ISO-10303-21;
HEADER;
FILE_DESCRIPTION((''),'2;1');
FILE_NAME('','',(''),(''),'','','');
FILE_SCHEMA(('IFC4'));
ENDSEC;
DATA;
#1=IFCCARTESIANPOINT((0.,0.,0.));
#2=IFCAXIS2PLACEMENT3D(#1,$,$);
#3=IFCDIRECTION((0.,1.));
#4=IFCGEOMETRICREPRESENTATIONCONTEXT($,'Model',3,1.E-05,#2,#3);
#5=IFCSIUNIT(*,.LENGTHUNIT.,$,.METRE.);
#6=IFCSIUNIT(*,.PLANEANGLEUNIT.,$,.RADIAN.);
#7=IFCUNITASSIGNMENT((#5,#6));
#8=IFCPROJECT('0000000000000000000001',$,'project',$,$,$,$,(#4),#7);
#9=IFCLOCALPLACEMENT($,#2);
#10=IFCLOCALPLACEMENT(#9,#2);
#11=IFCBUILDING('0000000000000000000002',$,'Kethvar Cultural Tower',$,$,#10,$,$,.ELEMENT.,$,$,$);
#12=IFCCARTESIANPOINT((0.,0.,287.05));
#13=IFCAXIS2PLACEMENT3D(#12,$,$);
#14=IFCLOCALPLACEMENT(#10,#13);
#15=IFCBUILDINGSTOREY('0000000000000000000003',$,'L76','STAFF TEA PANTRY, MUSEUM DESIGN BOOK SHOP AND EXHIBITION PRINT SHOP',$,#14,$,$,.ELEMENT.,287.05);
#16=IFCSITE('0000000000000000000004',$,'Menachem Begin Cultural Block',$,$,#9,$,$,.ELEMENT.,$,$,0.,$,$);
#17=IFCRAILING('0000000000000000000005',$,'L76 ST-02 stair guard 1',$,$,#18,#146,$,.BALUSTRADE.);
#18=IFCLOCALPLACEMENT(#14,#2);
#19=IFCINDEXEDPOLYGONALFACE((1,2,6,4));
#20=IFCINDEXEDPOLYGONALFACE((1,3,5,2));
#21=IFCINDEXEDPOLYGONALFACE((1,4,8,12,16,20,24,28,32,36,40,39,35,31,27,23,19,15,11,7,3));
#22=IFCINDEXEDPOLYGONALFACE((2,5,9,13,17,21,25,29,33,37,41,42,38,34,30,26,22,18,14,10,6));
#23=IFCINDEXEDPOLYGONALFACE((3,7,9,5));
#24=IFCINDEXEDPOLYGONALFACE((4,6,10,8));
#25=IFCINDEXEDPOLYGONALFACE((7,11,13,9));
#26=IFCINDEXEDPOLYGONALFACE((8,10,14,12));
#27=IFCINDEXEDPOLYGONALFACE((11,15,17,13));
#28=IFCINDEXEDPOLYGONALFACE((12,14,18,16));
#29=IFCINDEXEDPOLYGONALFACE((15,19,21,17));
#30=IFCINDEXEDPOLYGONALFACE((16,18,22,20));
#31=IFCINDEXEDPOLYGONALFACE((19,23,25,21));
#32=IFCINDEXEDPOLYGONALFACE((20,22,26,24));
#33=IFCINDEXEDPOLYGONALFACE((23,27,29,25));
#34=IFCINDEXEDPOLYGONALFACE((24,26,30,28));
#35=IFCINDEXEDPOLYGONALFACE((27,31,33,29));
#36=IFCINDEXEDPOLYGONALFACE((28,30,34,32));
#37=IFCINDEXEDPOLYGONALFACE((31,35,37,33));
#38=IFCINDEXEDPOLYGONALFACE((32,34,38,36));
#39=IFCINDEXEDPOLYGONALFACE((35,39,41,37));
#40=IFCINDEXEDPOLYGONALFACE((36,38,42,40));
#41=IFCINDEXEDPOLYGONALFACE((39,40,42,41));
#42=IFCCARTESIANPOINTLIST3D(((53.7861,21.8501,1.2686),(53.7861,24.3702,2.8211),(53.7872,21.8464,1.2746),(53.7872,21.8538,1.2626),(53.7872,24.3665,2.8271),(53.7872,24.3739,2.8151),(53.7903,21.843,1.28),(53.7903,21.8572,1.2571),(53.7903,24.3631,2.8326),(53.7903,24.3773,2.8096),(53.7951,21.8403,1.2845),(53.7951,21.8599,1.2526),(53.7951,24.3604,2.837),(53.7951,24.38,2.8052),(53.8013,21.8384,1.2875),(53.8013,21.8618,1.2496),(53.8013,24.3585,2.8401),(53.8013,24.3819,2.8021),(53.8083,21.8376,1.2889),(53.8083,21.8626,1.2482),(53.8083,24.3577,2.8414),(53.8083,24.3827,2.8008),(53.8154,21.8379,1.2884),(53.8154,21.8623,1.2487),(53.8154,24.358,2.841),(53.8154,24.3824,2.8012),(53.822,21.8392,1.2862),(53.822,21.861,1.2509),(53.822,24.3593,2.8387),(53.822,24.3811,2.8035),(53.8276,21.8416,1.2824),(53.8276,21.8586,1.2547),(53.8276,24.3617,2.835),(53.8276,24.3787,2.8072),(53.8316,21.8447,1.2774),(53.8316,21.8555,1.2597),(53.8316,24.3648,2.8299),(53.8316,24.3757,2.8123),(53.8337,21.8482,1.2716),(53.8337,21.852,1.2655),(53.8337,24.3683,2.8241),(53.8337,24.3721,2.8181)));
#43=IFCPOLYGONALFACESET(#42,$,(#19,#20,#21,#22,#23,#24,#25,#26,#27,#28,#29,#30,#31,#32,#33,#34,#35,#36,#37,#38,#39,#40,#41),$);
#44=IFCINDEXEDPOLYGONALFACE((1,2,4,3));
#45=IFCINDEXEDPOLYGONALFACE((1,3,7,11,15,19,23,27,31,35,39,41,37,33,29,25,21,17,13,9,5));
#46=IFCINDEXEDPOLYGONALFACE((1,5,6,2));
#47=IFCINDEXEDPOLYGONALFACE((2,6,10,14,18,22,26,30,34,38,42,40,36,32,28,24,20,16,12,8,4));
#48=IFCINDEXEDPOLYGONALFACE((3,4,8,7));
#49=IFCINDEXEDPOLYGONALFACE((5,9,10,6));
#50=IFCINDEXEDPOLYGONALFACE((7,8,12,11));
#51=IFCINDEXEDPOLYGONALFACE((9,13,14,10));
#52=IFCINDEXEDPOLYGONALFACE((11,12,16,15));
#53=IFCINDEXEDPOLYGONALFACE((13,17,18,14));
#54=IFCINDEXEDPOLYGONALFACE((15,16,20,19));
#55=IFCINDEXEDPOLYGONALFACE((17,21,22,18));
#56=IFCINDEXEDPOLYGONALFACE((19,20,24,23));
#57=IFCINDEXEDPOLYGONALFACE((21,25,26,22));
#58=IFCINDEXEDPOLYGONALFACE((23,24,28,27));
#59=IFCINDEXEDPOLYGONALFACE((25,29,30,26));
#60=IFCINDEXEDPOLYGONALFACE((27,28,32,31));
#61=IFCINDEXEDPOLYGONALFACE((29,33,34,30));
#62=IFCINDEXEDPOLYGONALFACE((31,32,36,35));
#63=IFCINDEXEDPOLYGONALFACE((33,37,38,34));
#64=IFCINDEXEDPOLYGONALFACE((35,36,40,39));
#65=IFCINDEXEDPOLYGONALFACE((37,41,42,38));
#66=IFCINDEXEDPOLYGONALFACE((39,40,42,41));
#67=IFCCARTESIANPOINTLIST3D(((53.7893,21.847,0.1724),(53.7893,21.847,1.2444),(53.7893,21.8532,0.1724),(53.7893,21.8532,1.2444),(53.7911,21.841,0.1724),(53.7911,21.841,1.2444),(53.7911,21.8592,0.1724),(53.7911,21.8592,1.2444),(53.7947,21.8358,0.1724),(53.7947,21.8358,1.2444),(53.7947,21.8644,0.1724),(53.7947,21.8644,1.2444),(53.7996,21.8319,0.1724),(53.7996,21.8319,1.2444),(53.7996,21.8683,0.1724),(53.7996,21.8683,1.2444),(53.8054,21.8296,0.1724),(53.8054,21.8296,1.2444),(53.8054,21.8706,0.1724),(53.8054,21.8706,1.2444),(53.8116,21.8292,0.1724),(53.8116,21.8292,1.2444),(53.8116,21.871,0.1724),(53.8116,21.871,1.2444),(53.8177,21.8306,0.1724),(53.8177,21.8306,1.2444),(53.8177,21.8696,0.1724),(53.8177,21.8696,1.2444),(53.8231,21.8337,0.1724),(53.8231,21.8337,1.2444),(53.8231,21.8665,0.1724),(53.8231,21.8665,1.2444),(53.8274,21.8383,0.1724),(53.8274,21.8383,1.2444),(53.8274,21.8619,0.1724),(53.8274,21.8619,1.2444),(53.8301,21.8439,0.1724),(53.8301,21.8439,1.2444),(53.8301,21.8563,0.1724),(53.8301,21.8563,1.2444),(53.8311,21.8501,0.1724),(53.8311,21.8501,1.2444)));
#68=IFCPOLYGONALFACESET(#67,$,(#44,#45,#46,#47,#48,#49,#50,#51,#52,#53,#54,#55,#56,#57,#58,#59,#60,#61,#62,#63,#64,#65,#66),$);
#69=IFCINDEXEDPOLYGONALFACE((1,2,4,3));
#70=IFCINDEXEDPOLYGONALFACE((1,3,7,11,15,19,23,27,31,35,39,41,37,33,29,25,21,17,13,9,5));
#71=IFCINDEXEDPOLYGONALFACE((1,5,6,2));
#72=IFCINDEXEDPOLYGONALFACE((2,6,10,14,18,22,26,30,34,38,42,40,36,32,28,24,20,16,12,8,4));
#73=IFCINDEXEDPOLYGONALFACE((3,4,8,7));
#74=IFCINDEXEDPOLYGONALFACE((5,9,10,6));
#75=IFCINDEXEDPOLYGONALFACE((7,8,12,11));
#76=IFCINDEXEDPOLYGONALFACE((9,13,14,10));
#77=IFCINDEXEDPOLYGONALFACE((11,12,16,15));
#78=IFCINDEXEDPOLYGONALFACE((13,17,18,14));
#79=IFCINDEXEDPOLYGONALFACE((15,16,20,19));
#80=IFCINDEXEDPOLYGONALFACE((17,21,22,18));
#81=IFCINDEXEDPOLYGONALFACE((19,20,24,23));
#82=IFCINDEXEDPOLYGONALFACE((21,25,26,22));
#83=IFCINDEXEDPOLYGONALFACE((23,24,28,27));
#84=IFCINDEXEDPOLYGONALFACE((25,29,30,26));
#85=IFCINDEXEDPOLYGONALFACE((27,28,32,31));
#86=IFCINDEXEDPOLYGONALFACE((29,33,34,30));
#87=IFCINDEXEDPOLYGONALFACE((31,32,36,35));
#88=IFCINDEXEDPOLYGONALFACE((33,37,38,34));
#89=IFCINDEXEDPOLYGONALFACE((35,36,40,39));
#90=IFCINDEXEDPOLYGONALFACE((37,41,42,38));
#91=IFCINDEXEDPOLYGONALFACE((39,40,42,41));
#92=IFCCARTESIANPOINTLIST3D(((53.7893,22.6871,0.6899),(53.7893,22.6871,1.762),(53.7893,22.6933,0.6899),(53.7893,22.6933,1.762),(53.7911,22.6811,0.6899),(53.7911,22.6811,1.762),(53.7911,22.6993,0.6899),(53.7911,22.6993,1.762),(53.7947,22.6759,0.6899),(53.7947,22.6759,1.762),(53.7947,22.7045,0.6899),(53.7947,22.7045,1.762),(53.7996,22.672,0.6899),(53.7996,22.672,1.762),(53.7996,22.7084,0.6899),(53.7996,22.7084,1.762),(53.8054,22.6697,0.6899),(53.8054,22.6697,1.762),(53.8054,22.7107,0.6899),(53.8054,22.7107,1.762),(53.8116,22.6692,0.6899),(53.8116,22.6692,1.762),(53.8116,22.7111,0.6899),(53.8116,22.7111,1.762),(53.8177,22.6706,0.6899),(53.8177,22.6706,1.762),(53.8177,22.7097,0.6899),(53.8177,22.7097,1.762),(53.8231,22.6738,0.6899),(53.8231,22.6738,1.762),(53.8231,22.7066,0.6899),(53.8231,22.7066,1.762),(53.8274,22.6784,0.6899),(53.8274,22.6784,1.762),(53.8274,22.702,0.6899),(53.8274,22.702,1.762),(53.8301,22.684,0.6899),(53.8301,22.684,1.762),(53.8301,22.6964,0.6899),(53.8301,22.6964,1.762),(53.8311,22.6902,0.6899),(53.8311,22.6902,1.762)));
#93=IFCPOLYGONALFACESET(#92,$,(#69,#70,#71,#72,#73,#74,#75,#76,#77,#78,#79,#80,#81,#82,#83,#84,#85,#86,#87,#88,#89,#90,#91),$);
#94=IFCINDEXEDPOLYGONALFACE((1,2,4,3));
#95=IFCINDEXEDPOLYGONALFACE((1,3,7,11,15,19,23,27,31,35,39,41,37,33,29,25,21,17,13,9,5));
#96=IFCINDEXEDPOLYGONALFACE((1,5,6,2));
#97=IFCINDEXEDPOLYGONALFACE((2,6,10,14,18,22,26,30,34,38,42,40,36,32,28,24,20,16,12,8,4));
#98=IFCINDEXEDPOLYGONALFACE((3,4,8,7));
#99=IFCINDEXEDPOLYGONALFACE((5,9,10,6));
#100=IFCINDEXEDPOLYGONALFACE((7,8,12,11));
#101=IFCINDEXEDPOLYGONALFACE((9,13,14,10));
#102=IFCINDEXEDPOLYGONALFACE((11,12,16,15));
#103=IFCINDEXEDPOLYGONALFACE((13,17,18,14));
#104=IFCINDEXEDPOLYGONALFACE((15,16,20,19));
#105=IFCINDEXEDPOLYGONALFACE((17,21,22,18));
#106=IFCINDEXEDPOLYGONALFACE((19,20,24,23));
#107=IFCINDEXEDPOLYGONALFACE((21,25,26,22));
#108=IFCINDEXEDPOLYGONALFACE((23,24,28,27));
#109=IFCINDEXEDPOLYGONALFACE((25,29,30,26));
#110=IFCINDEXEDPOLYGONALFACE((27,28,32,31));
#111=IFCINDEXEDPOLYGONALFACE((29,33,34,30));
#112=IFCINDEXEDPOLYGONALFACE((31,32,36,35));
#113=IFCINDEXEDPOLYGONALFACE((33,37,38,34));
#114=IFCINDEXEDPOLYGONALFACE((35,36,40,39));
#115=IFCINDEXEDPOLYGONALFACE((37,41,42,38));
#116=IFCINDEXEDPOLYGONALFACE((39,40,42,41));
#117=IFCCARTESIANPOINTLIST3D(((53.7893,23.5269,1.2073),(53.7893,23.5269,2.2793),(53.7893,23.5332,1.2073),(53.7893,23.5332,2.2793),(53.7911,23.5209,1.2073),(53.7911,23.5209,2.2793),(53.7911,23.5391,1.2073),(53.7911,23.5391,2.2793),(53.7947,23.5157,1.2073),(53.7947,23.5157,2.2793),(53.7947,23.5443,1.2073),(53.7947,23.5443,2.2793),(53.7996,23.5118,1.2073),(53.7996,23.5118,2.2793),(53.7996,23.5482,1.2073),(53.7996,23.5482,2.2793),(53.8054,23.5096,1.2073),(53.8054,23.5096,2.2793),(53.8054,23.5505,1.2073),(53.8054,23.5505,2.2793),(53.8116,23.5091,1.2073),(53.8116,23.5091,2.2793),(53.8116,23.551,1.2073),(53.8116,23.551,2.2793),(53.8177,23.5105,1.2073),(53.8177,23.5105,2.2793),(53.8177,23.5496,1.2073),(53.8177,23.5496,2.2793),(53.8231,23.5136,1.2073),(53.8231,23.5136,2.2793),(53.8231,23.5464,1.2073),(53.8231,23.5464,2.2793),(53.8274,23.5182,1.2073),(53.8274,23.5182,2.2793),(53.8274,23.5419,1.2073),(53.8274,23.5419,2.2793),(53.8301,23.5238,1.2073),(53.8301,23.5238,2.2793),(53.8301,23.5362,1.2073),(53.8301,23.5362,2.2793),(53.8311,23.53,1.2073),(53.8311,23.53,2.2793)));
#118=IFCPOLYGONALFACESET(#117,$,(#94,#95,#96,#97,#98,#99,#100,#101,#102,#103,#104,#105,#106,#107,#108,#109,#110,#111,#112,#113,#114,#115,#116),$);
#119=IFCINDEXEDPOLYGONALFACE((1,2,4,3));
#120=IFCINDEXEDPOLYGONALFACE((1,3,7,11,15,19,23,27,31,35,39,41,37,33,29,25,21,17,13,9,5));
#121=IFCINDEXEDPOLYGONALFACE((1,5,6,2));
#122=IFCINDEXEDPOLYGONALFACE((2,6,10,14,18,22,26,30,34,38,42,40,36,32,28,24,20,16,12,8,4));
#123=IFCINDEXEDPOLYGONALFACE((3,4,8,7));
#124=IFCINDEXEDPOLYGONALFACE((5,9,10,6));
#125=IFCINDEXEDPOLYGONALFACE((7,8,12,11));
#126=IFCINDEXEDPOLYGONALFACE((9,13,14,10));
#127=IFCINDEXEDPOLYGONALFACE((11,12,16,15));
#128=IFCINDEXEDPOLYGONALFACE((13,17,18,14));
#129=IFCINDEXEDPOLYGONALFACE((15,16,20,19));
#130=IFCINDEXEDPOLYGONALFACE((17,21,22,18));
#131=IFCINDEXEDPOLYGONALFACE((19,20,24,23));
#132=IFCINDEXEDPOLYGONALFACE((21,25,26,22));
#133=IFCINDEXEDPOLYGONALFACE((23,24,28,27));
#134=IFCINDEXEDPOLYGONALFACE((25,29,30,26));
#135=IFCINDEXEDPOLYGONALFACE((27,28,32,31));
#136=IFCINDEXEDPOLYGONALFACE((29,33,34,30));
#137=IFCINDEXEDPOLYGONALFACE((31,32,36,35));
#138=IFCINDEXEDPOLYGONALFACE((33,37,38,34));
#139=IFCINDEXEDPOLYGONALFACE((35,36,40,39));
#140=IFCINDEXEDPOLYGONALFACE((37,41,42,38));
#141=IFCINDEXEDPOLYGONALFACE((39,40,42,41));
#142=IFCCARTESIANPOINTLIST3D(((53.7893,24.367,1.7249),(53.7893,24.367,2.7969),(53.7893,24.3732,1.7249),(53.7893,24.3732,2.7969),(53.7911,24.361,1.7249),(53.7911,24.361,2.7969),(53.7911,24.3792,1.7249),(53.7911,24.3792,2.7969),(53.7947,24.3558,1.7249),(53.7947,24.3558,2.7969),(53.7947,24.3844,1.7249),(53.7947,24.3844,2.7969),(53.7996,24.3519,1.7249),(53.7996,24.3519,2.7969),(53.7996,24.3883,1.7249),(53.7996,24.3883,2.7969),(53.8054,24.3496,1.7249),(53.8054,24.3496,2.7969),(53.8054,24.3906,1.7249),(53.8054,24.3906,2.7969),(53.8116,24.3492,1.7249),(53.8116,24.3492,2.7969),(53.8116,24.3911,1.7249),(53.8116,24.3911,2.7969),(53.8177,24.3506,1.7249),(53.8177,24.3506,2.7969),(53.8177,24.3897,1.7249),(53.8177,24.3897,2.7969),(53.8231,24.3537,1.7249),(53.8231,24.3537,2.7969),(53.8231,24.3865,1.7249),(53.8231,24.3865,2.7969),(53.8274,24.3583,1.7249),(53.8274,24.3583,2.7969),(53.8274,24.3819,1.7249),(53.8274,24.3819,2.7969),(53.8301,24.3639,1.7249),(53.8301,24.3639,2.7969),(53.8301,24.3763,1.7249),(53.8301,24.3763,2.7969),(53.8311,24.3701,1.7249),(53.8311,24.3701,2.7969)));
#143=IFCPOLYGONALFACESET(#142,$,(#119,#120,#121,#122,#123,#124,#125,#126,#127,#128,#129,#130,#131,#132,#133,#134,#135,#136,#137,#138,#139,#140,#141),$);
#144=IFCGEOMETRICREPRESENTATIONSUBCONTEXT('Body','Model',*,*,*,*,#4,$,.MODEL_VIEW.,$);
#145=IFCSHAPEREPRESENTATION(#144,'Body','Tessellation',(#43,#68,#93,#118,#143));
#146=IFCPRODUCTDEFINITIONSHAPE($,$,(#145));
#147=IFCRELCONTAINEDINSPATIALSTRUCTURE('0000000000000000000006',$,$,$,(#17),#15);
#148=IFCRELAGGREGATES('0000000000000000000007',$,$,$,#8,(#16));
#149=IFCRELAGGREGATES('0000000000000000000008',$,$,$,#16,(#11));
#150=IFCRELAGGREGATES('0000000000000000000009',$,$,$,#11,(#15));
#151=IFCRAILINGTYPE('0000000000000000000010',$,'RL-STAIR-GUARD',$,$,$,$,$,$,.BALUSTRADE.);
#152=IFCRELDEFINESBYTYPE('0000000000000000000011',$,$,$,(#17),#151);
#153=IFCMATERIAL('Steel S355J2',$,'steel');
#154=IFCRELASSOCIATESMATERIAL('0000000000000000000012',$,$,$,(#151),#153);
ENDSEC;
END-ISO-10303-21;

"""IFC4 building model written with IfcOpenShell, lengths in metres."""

from ifc_helpers import new_model, si_unit, direction, frame, origin, origin_2d, place, context, subcontext, project, spatial, circle, extrude, material, type_object, element, save


model = new_model("IFC4")

# Units and contexts
model_context = context("Model", 3, precision=1e-05, world=origin(), true_north=direction((0.0, 1.0)))
body_context = subcontext(model_context, "Body", "Model", "MODEL_VIEW")
ifc_project = project(units=[si_unit("LENGTHUNIT", "METRE"), si_unit("PLANEANGLEUNIT", "RADIAN")], contexts=[model_context])

# Site, building, storey
site_placement = place(None, origin())
site = spatial("IfcSite", under=ifc_project, at=site_placement, Name="Menachem Begin Cultural Block", CompositionType="ELEMENT", RefElevation=0.0)
building_placement = place(site_placement, origin())
building = spatial("IfcBuilding", under=site, at=building_placement, Name="Kethvar Cultural Tower", CompositionType="ELEMENT")
storey_placement = place(building_placement, frame((0.0, 0.0, 287.05)))
storey = spatial("IfcBuildingStorey", under=building, at=storey_placement, Name="L76", Description="STAFF TEA PANTRY, MUSEUM DESIGN BOOK SHOP AND EXHIBITION PRINT SHOP", CompositionType="ELEMENT", Elevation=287.05)

# Shared definitions
ifc_material_1 = material(Name="Steel S355J2", Category="steel")

# Railing
railing_type_1 = type_object("IfcRailingType", Name="RL-STAIR-GUARD", PredefinedType="BALUSTRADE", material=ifc_material_1)
railing_1_placement = place(storey_placement, frame((53.8101, 21.8501, 0.1724)))
element("IfcRailing", 1, at=railing_1_placement, inside=storey, type_object=railing_type_1, Name="L76 ST-02 stair guard 1", PredefinedType="BALUSTRADE", context=body_context, shape_type="SweptSolid", body=[
    extrude(circle(Radius=0.0239, at=origin_2d()), frame((0.0, 0.0, 1.0962), z_axis=(0.0, 0.8514, 0.524516), x_axis=(-1.0, 0.0, 0.0)), (0.0, 0.0, 1.0), 2.96),
    extrude(circle(Radius=0.021, at=origin_2d()), origin(), (0.0, 0.0, 1.0), 1.072),
    extrude(circle(Radius=0.021, at=origin_2d()), frame((0.0, 0.8401, 0.5176)), (0.0, 0.0, 1.0), 1.072),
    extrude(circle(Radius=0.021, at=origin_2d()), frame((0.0, 1.6799, 1.0349)), (0.0, 0.0, 1.0), 1.072),
    extrude(circle(Radius=0.021, at=origin_2d()), frame((0.0, 2.52, 1.5525)), (0.0, 0.0, 1.0), 1.072),
])

save(model, "model.ifc")
